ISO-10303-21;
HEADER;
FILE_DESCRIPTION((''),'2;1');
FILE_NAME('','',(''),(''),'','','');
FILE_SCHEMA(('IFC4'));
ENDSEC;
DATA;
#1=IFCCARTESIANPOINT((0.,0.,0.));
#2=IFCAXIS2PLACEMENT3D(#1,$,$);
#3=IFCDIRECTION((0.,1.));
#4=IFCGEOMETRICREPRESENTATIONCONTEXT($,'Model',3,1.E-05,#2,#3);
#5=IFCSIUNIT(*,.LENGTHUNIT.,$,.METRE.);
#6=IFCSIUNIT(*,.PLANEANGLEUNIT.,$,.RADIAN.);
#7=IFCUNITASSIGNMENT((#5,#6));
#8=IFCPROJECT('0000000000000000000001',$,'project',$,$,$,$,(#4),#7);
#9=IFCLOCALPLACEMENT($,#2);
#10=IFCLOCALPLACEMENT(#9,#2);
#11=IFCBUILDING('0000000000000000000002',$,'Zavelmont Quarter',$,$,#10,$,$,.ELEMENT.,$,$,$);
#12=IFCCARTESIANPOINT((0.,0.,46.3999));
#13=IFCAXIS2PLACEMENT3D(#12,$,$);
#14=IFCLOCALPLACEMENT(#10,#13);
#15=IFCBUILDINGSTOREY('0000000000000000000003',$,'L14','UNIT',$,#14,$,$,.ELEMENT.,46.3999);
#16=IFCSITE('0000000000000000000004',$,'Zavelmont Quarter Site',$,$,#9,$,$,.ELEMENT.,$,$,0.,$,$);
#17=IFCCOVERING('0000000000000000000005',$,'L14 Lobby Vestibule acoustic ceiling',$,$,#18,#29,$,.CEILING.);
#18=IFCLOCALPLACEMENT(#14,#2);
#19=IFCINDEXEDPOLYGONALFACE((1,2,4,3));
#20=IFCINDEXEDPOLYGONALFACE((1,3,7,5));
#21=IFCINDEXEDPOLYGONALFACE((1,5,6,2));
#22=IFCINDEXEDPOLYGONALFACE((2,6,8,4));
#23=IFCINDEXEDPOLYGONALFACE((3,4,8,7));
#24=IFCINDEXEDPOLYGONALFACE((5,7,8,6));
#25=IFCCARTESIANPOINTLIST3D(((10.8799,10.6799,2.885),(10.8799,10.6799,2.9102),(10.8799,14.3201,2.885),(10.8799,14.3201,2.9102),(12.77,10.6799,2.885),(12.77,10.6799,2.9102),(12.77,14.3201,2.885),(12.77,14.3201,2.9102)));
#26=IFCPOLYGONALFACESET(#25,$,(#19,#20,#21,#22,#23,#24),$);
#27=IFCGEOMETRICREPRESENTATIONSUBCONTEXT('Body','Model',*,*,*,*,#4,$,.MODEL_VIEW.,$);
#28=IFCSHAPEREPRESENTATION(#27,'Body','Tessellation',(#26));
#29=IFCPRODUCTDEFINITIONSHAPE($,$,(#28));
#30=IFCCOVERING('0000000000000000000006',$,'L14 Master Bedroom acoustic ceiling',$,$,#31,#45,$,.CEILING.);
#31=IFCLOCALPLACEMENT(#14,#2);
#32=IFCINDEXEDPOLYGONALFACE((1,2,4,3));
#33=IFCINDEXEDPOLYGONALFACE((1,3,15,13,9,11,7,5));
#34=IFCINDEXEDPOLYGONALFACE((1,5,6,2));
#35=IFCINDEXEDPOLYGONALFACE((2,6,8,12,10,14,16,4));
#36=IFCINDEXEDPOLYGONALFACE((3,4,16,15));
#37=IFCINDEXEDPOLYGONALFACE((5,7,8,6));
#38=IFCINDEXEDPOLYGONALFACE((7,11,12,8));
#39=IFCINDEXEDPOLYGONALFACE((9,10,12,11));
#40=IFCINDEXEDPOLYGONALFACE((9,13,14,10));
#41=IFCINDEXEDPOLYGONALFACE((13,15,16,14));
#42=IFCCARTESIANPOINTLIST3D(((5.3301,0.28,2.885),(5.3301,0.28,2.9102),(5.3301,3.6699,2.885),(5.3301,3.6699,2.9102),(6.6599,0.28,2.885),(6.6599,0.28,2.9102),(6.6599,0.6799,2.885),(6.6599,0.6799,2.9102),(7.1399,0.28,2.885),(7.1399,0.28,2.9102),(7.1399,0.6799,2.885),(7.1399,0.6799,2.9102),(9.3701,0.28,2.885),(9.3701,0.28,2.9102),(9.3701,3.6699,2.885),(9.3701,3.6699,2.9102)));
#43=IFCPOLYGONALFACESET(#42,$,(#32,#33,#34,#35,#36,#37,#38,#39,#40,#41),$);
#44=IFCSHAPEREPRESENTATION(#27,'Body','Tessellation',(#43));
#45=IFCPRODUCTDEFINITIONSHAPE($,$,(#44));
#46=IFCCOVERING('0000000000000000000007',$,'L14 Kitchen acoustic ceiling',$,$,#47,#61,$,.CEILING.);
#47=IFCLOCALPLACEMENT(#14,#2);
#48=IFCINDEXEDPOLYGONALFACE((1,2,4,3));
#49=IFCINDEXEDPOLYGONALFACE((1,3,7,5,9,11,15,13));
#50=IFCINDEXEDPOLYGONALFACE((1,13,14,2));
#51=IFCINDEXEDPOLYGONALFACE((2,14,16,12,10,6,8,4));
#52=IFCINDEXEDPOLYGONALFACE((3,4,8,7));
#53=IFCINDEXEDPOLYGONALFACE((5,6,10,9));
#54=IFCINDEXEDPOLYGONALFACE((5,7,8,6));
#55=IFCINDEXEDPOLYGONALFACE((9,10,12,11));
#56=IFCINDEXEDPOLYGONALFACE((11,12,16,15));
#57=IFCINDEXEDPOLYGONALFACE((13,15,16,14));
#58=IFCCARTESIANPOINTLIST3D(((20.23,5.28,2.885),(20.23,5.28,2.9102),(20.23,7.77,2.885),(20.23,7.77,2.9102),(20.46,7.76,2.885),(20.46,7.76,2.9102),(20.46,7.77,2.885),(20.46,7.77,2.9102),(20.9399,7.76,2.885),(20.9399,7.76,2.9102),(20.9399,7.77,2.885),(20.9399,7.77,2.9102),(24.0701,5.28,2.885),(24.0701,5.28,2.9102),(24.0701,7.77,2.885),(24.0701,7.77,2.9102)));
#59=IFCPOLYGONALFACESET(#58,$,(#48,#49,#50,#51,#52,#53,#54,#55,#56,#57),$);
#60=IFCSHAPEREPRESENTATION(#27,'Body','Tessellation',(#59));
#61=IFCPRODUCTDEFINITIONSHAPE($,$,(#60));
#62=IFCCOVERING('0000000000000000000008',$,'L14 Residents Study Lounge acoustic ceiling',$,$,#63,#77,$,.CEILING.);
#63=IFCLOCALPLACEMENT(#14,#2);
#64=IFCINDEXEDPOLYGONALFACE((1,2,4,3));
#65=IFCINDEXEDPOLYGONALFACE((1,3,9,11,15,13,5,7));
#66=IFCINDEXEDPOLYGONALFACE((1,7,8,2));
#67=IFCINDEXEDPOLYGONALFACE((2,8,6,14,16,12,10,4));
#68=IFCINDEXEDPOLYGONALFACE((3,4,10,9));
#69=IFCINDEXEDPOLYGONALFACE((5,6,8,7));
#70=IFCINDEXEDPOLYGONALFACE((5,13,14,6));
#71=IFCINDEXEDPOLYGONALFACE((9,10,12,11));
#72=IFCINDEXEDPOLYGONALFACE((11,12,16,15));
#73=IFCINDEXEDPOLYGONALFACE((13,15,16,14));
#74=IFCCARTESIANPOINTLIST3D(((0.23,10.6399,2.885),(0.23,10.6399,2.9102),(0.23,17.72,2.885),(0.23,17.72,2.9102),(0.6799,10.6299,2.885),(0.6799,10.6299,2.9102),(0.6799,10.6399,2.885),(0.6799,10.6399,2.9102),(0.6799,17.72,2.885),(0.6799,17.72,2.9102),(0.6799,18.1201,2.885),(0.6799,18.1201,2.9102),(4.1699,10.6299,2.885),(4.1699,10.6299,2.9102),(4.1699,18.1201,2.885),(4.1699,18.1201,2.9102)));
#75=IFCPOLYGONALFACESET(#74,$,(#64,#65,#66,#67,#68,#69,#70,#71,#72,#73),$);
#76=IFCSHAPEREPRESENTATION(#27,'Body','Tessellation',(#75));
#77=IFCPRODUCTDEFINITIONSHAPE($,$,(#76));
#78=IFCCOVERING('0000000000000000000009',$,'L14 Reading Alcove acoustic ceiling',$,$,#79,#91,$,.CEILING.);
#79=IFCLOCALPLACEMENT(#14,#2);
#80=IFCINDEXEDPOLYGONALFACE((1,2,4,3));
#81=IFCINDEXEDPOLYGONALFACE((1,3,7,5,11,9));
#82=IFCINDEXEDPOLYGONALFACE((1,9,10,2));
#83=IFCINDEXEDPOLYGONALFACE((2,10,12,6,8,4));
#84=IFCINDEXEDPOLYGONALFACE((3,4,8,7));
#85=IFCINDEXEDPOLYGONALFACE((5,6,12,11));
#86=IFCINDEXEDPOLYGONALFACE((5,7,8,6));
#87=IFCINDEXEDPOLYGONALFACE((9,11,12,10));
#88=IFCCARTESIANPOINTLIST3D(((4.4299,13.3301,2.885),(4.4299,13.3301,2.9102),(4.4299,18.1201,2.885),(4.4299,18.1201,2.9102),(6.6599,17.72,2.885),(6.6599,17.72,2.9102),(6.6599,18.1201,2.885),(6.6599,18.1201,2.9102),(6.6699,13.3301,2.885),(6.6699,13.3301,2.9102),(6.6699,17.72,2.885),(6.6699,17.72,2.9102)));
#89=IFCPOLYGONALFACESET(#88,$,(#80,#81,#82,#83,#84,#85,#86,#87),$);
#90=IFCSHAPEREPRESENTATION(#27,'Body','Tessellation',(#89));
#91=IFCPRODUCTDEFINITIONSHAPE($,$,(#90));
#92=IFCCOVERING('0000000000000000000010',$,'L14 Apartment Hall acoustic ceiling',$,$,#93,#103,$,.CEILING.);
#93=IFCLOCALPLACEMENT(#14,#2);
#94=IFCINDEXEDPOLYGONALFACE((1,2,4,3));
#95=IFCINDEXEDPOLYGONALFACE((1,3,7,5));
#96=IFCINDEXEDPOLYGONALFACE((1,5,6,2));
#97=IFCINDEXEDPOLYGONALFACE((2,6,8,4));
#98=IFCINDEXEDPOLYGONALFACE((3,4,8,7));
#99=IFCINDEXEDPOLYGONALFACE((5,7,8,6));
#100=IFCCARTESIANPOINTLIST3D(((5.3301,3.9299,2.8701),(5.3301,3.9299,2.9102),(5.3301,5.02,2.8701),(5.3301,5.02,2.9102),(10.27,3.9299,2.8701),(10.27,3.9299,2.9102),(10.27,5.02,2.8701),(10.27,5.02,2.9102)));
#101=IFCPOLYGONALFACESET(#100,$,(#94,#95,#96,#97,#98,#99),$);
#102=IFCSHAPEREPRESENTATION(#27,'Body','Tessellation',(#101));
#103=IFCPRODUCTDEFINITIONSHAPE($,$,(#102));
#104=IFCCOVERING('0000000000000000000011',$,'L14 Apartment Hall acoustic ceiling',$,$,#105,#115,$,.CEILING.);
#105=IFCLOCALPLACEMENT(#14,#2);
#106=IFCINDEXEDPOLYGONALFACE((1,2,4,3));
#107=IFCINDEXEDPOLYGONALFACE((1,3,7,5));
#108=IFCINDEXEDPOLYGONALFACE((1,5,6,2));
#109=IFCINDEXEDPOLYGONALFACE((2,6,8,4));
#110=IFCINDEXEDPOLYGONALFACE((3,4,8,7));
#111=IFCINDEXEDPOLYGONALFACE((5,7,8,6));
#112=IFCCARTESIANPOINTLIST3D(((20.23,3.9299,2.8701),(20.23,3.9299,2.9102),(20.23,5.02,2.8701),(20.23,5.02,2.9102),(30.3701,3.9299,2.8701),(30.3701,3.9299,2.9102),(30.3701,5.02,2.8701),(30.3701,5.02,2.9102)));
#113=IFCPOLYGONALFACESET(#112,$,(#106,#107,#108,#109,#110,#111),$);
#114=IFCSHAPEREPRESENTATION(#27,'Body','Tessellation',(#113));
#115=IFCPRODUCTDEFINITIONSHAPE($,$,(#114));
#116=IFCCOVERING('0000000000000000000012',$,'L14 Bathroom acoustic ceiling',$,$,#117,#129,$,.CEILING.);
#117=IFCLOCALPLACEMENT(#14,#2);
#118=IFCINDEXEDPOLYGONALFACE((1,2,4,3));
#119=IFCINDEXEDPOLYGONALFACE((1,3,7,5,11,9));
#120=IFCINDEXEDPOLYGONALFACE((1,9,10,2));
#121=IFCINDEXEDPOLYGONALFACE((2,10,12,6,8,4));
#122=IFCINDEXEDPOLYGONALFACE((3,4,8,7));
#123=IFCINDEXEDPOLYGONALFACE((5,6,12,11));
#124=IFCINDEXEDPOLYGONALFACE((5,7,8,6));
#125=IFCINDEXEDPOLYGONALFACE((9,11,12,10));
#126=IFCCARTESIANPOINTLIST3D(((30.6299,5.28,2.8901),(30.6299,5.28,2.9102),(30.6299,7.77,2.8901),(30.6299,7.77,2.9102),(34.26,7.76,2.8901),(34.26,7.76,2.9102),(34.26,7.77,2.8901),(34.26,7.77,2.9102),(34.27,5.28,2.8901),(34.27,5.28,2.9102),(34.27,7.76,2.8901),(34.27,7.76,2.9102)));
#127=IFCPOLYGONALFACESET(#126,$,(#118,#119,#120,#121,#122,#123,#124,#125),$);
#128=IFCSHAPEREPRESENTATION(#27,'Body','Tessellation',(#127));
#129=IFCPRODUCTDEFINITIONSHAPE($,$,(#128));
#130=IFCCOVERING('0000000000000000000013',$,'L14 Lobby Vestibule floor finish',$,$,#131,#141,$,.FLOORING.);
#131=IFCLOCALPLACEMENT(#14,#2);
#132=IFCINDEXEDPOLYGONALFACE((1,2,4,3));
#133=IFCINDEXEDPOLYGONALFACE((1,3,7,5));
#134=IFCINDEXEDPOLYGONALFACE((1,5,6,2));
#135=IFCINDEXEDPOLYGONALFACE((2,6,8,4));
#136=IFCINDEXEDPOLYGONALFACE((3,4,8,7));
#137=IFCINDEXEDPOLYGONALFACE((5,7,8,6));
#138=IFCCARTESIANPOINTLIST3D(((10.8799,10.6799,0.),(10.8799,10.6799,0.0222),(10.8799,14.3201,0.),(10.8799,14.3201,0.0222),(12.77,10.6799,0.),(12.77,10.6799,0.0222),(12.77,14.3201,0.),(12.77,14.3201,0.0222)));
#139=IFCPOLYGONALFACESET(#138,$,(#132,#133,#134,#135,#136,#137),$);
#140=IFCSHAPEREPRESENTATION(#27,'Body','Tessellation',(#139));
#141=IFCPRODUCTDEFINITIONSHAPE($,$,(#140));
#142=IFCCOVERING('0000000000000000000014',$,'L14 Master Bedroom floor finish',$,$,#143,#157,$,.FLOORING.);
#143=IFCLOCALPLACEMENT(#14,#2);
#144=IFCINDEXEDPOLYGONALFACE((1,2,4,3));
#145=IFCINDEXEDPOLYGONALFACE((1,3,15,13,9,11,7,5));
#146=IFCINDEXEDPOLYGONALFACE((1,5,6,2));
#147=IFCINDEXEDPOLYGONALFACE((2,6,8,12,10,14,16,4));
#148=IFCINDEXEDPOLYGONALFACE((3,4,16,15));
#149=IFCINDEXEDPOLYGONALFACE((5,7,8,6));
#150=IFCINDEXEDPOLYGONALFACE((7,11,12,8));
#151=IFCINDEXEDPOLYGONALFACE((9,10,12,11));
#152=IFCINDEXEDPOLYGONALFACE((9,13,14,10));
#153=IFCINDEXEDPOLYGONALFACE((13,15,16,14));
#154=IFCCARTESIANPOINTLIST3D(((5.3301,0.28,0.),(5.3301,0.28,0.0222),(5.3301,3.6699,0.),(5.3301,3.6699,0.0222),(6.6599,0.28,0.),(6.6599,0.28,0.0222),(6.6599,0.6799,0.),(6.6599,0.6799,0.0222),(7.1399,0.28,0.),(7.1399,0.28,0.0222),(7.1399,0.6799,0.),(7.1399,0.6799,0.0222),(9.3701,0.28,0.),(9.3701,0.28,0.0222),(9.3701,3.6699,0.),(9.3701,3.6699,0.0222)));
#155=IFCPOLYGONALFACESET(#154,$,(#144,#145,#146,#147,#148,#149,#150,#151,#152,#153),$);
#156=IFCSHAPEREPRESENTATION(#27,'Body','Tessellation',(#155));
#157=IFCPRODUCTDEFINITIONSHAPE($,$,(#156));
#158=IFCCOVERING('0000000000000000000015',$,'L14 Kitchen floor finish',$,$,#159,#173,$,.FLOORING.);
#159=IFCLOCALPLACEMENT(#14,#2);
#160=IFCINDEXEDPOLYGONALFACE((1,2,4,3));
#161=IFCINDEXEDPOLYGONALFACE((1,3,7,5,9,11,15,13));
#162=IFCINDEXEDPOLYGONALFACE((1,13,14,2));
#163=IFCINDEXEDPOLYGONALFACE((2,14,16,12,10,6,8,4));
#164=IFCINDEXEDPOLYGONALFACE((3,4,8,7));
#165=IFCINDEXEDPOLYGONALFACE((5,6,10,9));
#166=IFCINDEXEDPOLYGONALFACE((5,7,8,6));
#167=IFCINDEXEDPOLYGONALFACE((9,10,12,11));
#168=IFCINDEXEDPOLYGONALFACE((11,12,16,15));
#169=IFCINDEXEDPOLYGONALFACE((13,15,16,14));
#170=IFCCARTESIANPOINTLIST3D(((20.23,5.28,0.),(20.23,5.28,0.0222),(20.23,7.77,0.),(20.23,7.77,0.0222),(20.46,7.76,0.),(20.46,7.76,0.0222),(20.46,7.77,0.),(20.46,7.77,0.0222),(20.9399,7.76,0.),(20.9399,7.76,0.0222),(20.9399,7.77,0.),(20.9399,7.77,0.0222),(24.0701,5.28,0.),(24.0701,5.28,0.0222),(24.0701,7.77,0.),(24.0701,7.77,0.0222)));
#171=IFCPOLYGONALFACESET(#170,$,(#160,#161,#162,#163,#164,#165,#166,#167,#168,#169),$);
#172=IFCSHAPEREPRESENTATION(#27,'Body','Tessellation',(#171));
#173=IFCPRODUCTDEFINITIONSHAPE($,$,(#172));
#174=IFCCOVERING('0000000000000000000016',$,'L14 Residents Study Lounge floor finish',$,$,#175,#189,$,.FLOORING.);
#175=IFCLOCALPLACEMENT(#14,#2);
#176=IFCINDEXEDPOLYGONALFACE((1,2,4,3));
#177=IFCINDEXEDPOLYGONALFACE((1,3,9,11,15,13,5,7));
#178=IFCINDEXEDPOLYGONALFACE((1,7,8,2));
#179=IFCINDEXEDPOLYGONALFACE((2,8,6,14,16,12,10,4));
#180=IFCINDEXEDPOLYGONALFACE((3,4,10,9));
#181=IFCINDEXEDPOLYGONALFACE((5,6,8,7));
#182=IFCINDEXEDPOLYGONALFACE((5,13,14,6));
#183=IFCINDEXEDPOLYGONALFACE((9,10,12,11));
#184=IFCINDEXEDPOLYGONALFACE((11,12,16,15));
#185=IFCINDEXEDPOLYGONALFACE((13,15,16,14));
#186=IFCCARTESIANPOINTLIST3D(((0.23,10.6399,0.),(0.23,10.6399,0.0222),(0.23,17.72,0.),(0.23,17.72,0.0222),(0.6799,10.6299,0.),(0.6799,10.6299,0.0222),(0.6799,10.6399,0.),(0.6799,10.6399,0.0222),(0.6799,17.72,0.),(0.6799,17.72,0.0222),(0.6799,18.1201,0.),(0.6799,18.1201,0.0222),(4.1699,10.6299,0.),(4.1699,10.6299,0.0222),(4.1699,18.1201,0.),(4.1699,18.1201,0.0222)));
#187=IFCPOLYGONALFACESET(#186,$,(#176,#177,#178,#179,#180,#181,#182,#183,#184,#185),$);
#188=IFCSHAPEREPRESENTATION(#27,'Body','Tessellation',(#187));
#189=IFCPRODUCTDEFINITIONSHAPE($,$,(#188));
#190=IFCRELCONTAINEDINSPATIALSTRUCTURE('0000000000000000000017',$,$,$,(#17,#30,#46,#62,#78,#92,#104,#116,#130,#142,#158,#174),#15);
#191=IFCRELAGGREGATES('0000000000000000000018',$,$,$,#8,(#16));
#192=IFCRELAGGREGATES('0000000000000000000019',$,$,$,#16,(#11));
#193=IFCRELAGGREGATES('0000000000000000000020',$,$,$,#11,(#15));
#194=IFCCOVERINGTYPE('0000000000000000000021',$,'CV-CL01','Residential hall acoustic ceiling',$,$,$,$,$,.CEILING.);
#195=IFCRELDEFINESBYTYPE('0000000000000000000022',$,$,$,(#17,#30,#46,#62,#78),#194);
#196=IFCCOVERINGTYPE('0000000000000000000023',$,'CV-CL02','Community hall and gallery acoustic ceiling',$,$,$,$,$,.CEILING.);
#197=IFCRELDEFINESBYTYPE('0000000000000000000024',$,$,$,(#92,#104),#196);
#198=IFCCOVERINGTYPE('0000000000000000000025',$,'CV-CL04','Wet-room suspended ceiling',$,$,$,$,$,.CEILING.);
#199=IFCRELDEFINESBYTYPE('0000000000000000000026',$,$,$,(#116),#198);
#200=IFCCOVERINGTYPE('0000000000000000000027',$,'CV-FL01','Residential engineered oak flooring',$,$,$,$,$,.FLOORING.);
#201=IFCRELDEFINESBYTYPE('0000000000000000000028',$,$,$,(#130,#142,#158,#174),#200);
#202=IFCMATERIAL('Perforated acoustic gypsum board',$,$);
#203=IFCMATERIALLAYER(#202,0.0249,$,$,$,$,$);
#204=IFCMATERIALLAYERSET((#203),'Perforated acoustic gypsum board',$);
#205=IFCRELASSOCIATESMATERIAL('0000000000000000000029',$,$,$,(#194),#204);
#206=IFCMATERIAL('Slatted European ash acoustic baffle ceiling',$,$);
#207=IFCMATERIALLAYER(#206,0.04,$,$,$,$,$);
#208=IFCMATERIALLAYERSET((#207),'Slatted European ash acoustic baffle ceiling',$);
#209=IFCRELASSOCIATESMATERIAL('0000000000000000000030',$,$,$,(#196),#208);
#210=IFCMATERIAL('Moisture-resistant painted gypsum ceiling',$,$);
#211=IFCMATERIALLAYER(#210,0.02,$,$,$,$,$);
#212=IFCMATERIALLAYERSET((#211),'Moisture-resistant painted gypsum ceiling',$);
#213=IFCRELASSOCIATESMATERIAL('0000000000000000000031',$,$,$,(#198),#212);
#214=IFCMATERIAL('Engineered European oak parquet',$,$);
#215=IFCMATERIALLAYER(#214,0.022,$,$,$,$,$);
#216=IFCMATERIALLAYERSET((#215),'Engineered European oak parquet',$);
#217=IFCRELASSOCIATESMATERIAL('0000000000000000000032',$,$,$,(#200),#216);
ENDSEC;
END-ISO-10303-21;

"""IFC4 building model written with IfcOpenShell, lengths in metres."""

from ifc_helpers import new_model, si_unit, direction, frame, origin, place, context, subcontext, project, spatial, polyline, outline, extrude, material, layer, layer_set, type_object, element, save


model = new_model("IFC4")

# Units and contexts
model_context = context("Model", 3, precision=1e-05, world=origin(), true_north=direction((0.0, 1.0)))
body_context = subcontext(model_context, "Body", "Model", "MODEL_VIEW")
ifc_project = project(units=[si_unit("LENGTHUNIT", "METRE"), si_unit("PLANEANGLEUNIT", "RADIAN")], contexts=[model_context])

# Site, building, storey
site_placement = place(None, origin())
site = spatial("IfcSite", under=ifc_project, at=site_placement, Name="Zavelmont Quarter Site", CompositionType="ELEMENT", RefElevation=0.0)
building_placement = place(site_placement, origin())
building = spatial("IfcBuilding", under=site, at=building_placement, Name="Zavelmont Quarter", CompositionType="ELEMENT")
storey_placement = place(building_placement, frame((0.0, 0.0, 46.3999)))
storey = spatial("IfcBuildingStorey", under=building, at=storey_placement, Name="L14", Description="UNIT", CompositionType="ELEMENT", Elevation=46.3999)

# Coverings
ifc_material_1 = material(Name="Perforated acoustic gypsum board")
ifc_layer_1 = layer(ifc_material_1, 0.0249)
ifc_layer_set_1 = layer_set([ifc_layer_1], Name="Perforated acoustic gypsum board")
covering_type_1 = type_object("IfcCoveringType", Name="CV-CL01", Description="Residential hall acoustic ceiling", PredefinedType="CEILING", material=ifc_layer_set_1)
covering_1_placement = place(storey_placement, frame((0.0, 0.0, 2.885)))
element("IfcCovering", 1, at=covering_1_placement, inside=storey, type_object=covering_type_1, Name="L14 Lobby Vestibule acoustic ceiling", PredefinedType="CEILING", context=body_context, shape_type="SweptSolid", body=[
    extrude(outline(polyline([(10.8799, 14.3201), (12.77, 14.3201), (12.77, 10.6799), (10.8799, 10.6799), (10.8799, 14.3201)])), origin(), (0.0, 0.0, 1.0), 0.0251),
])
covering_2_placement = place(storey_placement, frame((0.0, 0.0, 2.885)))
element("IfcCovering", 2, at=covering_2_placement, inside=storey, type_object=covering_type_1, Name="L14 Master Bedroom acoustic ceiling", PredefinedType="CEILING", context=body_context, shape_type="SweptSolid", body=[
    extrude(outline(polyline([(5.3301, 3.6699), (9.3701, 3.6699), (9.3701, 0.28), (7.1399, 0.28), (7.1399, 0.6799), (6.6599, 0.6799), (6.6599, 0.28), (5.3301, 0.28), (5.3301, 3.6699)])), origin(), (0.0, 0.0, 1.0), 0.0251),
])
covering_3_placement = place(storey_placement, frame((0.0, 0.0, 2.885)))
element("IfcCovering", 3, at=covering_3_placement, inside=storey, type_object=covering_type_1, Name="L14 Kitchen acoustic ceiling", PredefinedType="CEILING", context=body_context, shape_type="SweptSolid", body=[
    extrude(outline(polyline([(20.23, 7.77), (20.46, 7.77), (20.46, 7.76), (20.9399, 7.76), (20.9399, 7.77), (24.0701, 7.77), (24.0701, 5.28), (20.23, 5.28), (20.23, 7.77)])), origin(), (0.0, 0.0, 1.0), 0.0251),
])
covering_4_placement = place(storey_placement, frame((0.0, 0.0, 2.885)))
element("IfcCovering", 4, at=covering_4_placement, inside=storey, type_object=covering_type_1, Name="L14 Residents Study Lounge acoustic ceiling", PredefinedType="CEILING", context=body_context, shape_type="SweptSolid", body=[
    extrude(outline(polyline([(0.23, 17.72), (0.6799, 17.72), (0.6799, 18.1201), (4.1699, 18.1201), (4.1699, 10.6299), (0.6799, 10.6299), (0.6799, 10.6399), (0.23, 10.6399), (0.23, 17.72)])), origin(), (0.0, 0.0, 1.0), 0.0251),
])
covering_5_placement = place(storey_placement, frame((0.0, 0.0, 2.885)))
element("IfcCovering", 5, at=covering_5_placement, inside=storey, type_object=covering_type_1, Name="L14 Reading Alcove acoustic ceiling", PredefinedType="CEILING", context=body_context, shape_type="SweptSolid", body=[
    extrude(outline(polyline([(4.4299, 18.1201), (6.6599, 18.1201), (6.6599, 17.72), (6.6699, 17.72), (6.6699, 13.3301), (4.4299, 13.3301), (4.4299, 18.1201)])), origin(), (0.0, 0.0, 1.0), 0.0251),
])
ifc_material_2 = material(Name="Slatted European ash acoustic baffle ceiling")
ifc_layer_2 = layer(ifc_material_2, 0.04)
ifc_layer_set_2 = layer_set([ifc_layer_2], Name="Slatted European ash acoustic baffle ceiling")
covering_type_2 = type_object("IfcCoveringType", Name="CV-CL02", Description="Community hall and gallery acoustic ceiling", PredefinedType="CEILING", material=ifc_layer_set_2)
covering_6_placement = place(storey_placement, frame((0.0, 0.0, 2.8701)))
element("IfcCovering", 6, at=covering_6_placement, inside=storey, type_object=covering_type_2, Name="L14 Apartment Hall acoustic ceiling", PredefinedType="CEILING", context=body_context, shape_type="SweptSolid", body=[
    extrude(outline(polyline([(5.3301, 5.02), (10.27, 5.02), (10.27, 3.9299), (5.3301, 3.9299), (5.3301, 5.02)])), origin(), (0.0, 0.0, 1.0), 0.04),
])
covering_7_placement = place(storey_placement, frame((0.0, 0.0, 2.8701)))
element("IfcCovering", 7, at=covering_7_placement, inside=storey, type_object=covering_type_2, Name="L14 Apartment Hall acoustic ceiling", PredefinedType="CEILING", context=body_context, shape_type="SweptSolid", body=[
    extrude(outline(polyline([(20.23, 5.02), (30.3701, 5.02), (30.3701, 3.9299), (20.23, 3.9299), (20.23, 5.02)])), origin(), (0.0, 0.0, 1.0), 0.04),
])
ifc_material_3 = material(Name="Moisture-resistant painted gypsum ceiling")
ifc_layer_3 = layer(ifc_material_3, 0.02)
ifc_layer_set_3 = layer_set([ifc_layer_3], Name="Moisture-resistant painted gypsum ceiling")
covering_type_3 = type_object("IfcCoveringType", Name="CV-CL04", Description="Wet-room suspended ceiling", PredefinedType="CEILING", material=ifc_layer_set_3)
covering_8_placement = place(storey_placement, frame((0.0, 0.0, 2.8901)))
element("IfcCovering", 8, at=covering_8_placement, inside=storey, type_object=covering_type_3, Name="L14 Bathroom acoustic ceiling", PredefinedType="CEILING", context=body_context, shape_type="SweptSolid", body=[
    extrude(outline(polyline([(30.6299, 7.77), (34.26, 7.77), (34.26, 7.76), (34.27, 7.76), (34.27, 5.28), (30.6299, 5.28), (30.6299, 7.77)])), origin(), (0.0, 0.0, 1.0), 0.02),
])
ifc_material_4 = material(Name="Engineered European oak parquet")
ifc_layer_4 = layer(ifc_material_4, 0.022)
ifc_layer_set_4 = layer_set([ifc_layer_4], Name="Engineered European oak parquet")
covering_type_4 = type_object("IfcCoveringType", Name="CV-FL01", Description="Residential engineered oak flooring", PredefinedType="FLOORING", material=ifc_layer_set_4)
covering_9_placement = place(storey_placement, origin())
element("IfcCovering", 9, at=covering_9_placement, inside=storey, type_object=covering_type_4, Name="L14 Lobby Vestibule floor finish", PredefinedType="FLOORING", context=body_context, shape_type="SweptSolid", body=[
    extrude(outline(polyline([(10.8799, 14.3201), (12.77, 14.3201), (12.77, 10.6799), (10.8799, 10.6799), (10.8799, 14.3201)])), origin(), (0.0, 0.0, 1.0), 0.0222),
])
covering_10_placement = place(storey_placement, origin())
element("IfcCovering", 10, at=covering_10_placement, inside=storey, type_object=covering_type_4, Name="L14 Master Bedroom floor finish", PredefinedType="FLOORING", context=body_context, shape_type="SweptSolid", body=[
    extrude(outline(polyline([(5.3301, 3.6699), (9.3701, 3.6699), (9.3701, 0.28), (7.1399, 0.28), (7.1399, 0.6799), (6.6599, 0.6799), (6.6599, 0.28), (5.3301, 0.28), (5.3301, 3.6699)])), origin(), (0.0, 0.0, 1.0), 0.0222),
])
covering_11_placement = place(storey_placement, origin())
element("IfcCovering", 11, at=covering_11_placement, inside=storey, type_object=covering_type_4, Name="L14 Kitchen floor finish", PredefinedType="FLOORING", context=body_context, shape_type="SweptSolid", body=[
    extrude(outline(polyline([(20.23, 7.77), (20.46, 7.77), (20.46, 7.76), (20.9399, 7.76), (20.9399, 7.77), (24.0701, 7.77), (24.0701, 5.28), (20.23, 5.28), (20.23, 7.77)])), origin(), (0.0, 0.0, 1.0), 0.0222),
])
covering_12_placement = place(storey_placement, origin())
element("IfcCovering", 12, at=covering_12_placement, inside=storey, type_object=covering_type_4, Name="L14 Residents Study Lounge floor finish", PredefinedType="FLOORING", context=body_context, shape_type="SweptSolid", body=[
    extrude(outline(polyline([(0.23, 17.72), (0.6799, 17.72), (0.6799, 18.1201), (4.1699, 18.1201), (4.1699, 10.6299), (0.6799, 10.6299), (0.6799, 10.6399), (0.23, 10.6399), (0.23, 17.72)])), origin(), (0.0, 0.0, 1.0), 0.0222),
])

save(model, "model.ifc")
